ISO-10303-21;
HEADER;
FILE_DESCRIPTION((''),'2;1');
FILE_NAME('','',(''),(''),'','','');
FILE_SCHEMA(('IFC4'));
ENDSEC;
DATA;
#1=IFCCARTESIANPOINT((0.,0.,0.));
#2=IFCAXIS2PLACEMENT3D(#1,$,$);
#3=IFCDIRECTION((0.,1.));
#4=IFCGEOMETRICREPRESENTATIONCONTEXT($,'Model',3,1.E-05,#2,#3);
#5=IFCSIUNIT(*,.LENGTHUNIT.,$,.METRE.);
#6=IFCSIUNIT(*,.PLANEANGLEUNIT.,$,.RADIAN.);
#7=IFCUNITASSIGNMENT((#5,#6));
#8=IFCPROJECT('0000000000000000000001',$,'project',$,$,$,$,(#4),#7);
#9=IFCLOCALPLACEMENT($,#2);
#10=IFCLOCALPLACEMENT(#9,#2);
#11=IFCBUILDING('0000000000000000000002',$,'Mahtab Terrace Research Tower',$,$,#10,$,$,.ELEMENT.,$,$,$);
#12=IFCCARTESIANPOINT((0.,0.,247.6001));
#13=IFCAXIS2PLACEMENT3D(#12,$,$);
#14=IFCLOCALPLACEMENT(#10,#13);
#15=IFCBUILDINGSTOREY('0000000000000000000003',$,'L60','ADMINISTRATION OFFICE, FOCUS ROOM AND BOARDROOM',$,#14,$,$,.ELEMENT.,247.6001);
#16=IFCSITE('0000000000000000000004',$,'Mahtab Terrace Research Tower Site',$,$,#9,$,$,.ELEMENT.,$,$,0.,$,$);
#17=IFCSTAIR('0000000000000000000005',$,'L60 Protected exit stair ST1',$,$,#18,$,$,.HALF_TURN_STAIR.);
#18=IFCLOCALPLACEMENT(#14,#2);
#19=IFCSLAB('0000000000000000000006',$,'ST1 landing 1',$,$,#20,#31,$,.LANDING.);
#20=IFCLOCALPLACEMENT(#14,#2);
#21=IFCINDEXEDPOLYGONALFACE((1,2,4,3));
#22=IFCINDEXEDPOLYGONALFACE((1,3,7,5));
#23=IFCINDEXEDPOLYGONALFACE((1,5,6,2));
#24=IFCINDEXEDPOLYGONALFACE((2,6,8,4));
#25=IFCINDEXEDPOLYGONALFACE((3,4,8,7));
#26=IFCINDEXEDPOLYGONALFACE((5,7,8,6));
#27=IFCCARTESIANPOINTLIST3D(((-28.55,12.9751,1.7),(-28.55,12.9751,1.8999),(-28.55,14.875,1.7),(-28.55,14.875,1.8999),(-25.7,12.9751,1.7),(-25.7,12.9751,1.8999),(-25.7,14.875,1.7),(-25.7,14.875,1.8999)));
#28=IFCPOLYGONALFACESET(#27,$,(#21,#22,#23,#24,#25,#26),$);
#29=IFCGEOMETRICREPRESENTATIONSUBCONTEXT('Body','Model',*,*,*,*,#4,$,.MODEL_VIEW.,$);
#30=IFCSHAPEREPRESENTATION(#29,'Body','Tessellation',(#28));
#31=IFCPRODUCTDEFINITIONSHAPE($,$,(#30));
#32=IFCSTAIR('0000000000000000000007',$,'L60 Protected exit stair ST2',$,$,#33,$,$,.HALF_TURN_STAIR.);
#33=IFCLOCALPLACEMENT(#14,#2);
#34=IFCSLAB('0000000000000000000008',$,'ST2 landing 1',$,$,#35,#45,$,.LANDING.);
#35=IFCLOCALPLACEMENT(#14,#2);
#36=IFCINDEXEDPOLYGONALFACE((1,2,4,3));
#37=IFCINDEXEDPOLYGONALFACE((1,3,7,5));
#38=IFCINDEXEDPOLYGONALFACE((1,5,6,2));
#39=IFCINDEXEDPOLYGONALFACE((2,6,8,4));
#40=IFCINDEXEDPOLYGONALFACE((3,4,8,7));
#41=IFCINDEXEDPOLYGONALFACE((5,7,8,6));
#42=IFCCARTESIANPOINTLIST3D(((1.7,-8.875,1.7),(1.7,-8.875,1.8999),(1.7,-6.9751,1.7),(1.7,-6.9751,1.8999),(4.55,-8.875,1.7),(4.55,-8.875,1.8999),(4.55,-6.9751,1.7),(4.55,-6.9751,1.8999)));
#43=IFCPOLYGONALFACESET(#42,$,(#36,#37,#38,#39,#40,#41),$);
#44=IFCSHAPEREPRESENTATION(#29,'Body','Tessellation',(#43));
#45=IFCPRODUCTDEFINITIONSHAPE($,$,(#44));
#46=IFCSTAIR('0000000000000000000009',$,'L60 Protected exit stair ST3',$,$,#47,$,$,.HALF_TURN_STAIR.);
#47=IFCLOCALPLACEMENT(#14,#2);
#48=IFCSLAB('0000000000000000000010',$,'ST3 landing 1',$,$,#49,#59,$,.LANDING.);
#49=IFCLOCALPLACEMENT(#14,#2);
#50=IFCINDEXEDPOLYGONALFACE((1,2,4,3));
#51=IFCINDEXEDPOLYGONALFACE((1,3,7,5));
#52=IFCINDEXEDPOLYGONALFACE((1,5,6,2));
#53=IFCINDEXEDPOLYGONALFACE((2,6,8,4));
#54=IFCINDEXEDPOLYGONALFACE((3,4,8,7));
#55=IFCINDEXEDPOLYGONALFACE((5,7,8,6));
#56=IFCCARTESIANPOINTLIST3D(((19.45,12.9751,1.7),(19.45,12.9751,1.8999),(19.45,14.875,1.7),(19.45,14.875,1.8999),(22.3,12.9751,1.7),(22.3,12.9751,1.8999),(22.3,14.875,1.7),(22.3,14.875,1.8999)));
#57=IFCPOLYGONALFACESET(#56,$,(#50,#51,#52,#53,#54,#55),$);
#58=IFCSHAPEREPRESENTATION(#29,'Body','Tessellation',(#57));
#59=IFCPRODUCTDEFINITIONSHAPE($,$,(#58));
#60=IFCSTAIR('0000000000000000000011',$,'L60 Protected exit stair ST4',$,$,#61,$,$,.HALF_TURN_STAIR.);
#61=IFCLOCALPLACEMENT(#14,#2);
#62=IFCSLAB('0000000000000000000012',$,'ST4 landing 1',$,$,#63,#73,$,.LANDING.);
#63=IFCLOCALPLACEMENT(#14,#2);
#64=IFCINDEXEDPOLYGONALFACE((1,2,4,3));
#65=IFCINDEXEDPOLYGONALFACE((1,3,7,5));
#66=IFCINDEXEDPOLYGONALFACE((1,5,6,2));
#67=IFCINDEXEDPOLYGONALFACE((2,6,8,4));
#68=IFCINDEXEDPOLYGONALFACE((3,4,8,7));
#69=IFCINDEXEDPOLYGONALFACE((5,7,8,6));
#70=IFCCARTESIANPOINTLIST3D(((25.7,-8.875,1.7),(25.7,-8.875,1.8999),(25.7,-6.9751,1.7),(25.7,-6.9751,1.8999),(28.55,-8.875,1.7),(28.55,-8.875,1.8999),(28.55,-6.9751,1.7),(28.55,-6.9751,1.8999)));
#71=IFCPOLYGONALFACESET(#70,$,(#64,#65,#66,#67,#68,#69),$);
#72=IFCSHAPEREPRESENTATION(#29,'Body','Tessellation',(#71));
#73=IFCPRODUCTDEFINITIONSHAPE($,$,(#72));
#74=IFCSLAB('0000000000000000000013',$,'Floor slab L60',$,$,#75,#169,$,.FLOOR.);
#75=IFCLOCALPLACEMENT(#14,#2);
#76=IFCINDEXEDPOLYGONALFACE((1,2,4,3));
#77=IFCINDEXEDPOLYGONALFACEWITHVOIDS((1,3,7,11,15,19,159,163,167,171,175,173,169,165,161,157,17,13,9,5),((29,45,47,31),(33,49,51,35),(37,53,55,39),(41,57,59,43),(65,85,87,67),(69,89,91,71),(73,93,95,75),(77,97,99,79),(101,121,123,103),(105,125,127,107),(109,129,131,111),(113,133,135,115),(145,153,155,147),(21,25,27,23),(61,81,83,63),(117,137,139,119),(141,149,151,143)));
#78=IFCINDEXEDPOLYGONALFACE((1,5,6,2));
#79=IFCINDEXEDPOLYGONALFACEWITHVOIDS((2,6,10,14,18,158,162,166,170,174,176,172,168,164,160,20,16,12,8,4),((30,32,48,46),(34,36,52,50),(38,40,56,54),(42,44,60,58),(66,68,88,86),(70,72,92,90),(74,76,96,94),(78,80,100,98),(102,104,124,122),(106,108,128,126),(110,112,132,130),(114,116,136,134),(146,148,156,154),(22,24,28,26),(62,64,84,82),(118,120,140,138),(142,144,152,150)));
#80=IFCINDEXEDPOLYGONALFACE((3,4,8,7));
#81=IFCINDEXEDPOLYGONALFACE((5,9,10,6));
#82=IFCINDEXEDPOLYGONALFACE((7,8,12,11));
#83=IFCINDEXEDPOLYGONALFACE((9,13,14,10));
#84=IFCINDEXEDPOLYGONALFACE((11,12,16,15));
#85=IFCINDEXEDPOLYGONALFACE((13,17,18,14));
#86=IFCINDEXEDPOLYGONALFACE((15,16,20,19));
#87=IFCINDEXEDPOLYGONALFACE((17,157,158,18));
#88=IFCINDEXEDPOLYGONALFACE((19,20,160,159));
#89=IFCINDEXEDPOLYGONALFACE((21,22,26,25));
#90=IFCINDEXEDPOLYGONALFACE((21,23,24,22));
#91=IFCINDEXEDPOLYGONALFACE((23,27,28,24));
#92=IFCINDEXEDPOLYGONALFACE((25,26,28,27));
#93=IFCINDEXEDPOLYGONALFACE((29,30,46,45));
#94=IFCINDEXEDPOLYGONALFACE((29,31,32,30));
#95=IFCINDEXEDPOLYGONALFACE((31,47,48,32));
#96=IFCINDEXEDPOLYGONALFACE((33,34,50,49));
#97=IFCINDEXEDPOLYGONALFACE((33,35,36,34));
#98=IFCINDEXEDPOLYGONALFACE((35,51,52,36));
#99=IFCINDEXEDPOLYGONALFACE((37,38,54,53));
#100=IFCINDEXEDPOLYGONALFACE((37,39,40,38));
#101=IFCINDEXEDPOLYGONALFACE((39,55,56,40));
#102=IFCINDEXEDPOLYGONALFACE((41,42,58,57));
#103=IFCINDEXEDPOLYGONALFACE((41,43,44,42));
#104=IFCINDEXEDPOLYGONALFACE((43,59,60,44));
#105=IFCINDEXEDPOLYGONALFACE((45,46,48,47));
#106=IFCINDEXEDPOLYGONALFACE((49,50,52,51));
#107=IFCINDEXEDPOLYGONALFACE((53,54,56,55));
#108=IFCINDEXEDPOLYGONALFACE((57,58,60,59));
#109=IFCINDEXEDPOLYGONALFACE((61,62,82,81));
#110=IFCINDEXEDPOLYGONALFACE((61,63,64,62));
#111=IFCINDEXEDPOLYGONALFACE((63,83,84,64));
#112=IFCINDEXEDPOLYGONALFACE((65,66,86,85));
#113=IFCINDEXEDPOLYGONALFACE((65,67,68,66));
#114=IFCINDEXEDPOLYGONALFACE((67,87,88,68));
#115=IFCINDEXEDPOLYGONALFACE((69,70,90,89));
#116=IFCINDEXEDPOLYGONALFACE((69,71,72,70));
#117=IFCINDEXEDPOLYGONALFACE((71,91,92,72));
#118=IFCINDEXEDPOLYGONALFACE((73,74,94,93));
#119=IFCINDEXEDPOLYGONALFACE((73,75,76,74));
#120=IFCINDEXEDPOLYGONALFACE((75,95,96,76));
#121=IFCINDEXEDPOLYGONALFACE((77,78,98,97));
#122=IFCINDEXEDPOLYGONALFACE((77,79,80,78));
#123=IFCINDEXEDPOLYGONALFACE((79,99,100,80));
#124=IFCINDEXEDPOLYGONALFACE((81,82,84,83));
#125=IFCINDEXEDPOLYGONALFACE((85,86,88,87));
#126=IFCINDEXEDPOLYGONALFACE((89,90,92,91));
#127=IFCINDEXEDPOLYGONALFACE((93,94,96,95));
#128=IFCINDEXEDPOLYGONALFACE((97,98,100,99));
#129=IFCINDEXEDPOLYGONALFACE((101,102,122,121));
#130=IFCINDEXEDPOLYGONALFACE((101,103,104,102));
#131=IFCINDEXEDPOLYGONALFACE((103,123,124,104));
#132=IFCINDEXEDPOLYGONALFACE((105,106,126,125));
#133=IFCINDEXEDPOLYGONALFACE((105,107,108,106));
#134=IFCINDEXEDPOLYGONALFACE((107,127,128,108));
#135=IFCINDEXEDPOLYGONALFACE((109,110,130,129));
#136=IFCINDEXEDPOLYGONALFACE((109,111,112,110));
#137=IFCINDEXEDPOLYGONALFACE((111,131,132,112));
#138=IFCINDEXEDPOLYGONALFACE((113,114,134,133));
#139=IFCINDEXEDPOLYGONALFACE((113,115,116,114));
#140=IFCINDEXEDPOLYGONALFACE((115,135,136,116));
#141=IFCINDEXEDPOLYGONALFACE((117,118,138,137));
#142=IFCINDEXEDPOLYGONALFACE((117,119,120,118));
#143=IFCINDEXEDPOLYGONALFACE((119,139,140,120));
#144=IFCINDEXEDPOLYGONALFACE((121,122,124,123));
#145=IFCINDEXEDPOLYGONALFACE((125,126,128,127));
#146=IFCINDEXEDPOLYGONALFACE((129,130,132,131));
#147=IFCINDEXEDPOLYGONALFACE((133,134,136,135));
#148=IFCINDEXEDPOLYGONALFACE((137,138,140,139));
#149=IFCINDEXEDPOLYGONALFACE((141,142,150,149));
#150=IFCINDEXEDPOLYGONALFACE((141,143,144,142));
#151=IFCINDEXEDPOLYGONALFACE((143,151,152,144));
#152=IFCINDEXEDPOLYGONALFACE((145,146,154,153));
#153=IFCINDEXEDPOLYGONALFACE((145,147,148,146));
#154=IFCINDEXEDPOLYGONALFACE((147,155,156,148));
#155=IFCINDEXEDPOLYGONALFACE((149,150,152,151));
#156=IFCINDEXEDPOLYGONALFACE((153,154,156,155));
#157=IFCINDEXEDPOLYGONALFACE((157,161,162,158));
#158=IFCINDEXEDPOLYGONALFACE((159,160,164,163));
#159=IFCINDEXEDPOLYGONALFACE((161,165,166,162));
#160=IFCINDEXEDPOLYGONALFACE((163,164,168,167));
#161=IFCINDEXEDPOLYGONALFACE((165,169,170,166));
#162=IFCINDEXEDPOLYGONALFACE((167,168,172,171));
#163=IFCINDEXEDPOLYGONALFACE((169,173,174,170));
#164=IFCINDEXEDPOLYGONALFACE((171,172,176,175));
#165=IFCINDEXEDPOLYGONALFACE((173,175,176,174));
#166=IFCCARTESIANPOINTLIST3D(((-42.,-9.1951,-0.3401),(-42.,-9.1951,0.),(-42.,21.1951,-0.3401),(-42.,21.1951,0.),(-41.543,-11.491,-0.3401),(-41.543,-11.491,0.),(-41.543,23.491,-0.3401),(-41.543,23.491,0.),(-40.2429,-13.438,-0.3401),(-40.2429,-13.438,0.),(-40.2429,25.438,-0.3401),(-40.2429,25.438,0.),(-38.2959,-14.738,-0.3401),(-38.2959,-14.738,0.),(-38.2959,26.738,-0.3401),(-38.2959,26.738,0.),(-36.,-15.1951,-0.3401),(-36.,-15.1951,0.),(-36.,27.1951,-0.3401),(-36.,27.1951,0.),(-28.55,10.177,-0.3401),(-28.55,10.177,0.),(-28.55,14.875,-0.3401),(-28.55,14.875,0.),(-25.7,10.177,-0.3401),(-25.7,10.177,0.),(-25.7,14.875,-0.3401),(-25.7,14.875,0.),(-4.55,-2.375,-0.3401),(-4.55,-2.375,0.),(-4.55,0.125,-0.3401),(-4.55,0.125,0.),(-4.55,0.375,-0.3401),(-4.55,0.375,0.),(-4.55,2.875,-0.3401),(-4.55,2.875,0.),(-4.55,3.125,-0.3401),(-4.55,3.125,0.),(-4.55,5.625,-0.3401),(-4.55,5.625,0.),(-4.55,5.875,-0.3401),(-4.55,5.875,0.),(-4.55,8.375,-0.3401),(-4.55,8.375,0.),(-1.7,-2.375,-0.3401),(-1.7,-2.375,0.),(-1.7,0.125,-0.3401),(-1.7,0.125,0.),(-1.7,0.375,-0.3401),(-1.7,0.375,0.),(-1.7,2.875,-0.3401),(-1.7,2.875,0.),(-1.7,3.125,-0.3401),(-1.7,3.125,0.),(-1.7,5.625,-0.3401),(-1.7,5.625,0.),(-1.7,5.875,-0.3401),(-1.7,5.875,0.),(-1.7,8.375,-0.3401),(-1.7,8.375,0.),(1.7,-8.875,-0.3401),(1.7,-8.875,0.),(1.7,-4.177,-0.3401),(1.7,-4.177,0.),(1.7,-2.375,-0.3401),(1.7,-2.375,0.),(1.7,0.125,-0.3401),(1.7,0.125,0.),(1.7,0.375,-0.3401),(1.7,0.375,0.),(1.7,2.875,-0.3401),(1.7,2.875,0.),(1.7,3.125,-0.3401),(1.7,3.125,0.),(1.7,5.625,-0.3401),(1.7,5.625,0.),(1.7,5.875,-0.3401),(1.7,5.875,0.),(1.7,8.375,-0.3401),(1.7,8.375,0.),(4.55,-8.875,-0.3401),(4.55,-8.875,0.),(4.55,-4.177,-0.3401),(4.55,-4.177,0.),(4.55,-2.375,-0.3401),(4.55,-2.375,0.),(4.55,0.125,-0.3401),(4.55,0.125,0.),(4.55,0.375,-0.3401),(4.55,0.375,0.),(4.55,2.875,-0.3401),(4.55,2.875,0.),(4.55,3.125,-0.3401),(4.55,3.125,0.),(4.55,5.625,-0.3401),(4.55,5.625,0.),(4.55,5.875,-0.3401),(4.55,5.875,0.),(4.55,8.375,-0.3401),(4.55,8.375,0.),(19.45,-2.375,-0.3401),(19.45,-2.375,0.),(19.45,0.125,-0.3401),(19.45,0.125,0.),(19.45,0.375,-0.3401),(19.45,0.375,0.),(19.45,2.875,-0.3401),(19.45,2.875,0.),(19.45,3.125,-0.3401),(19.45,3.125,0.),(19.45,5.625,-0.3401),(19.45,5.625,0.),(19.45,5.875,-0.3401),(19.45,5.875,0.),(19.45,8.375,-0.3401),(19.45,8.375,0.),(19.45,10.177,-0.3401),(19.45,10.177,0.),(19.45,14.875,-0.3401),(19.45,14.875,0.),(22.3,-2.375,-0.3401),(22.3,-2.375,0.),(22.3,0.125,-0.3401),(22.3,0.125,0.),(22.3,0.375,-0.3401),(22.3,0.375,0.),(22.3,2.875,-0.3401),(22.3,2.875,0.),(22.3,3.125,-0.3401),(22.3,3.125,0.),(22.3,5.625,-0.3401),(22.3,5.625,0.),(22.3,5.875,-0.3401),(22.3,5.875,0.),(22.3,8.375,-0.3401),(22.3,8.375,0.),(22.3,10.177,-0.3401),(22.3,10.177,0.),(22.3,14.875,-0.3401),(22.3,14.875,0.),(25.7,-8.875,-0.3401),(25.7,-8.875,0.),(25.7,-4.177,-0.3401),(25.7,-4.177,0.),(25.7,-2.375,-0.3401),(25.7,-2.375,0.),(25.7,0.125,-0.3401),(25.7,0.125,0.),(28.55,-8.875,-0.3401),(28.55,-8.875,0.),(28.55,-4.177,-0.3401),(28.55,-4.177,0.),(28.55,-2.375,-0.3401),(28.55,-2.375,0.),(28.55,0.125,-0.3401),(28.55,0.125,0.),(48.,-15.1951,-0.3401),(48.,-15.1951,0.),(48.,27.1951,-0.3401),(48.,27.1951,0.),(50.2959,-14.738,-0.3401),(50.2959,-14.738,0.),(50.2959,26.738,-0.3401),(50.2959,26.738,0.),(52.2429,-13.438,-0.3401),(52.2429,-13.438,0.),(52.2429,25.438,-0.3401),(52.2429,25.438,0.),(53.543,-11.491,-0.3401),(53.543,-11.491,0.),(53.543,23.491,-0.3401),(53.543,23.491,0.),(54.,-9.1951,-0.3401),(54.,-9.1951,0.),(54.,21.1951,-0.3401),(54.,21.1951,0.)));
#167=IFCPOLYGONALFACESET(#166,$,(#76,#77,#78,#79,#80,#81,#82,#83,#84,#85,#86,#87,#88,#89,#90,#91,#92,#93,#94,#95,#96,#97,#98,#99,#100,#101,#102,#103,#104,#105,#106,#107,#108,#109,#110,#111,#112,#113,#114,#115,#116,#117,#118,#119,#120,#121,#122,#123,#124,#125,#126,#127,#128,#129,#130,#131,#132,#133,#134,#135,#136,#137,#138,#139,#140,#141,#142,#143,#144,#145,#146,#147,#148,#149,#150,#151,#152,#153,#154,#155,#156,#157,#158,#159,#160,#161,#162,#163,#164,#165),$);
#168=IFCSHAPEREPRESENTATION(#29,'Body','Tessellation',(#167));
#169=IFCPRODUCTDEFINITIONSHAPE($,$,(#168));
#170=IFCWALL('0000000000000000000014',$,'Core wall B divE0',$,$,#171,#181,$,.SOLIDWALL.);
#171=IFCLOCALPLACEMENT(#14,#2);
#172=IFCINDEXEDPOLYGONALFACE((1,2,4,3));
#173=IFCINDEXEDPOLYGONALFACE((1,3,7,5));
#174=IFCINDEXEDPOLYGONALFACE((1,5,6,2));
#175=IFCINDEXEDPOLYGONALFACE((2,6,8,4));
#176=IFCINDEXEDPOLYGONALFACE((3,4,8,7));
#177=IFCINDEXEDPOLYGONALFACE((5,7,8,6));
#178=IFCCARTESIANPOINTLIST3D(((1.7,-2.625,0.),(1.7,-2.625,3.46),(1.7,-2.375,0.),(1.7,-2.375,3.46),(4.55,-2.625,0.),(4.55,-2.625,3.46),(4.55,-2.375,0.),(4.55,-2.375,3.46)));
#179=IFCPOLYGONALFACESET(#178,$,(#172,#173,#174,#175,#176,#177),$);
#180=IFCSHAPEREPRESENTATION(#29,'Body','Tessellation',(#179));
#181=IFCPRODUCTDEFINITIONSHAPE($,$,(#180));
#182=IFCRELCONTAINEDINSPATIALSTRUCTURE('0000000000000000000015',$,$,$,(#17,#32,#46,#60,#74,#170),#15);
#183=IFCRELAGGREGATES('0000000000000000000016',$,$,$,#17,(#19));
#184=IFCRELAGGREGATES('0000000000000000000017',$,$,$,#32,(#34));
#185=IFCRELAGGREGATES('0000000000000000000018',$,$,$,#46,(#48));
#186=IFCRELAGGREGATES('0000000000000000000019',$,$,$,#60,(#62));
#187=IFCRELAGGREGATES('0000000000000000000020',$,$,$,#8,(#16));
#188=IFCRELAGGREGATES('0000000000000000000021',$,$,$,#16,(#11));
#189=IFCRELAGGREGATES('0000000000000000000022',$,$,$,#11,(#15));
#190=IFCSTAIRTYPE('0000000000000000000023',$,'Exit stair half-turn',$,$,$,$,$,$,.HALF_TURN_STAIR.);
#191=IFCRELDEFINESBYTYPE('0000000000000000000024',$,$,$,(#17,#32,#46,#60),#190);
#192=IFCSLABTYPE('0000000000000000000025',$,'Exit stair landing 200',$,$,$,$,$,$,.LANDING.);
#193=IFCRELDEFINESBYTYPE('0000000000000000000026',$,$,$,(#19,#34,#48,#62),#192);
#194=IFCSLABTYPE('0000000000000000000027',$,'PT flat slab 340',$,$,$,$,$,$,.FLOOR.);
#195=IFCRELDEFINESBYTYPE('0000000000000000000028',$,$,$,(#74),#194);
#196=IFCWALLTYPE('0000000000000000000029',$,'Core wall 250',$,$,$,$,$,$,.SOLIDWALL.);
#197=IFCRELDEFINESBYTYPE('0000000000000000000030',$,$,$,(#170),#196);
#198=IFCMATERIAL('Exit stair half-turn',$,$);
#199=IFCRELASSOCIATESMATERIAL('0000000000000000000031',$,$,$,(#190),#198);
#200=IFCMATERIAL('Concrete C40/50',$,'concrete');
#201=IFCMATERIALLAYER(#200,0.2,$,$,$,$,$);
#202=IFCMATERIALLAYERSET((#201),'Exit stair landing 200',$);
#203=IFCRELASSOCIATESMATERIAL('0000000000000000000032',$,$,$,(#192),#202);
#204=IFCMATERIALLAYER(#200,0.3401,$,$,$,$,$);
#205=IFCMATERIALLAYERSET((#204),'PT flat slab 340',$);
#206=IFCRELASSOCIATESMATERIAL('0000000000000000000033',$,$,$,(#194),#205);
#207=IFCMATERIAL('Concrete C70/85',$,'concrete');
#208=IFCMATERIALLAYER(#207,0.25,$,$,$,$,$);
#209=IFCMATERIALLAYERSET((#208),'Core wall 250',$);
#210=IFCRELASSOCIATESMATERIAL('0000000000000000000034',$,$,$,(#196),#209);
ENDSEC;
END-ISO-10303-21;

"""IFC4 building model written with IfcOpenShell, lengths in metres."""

from ifc_helpers import new_model, si_unit, direction, frame, frame_2d, origin, place, context, subcontext, project, spatial, polyline, rectangle, outline, extrude, material, layer, layer_set, type_object, element, aggregate, save


model = new_model("IFC4")

# Units and contexts
model_context = context("Model", 3, precision=1e-05, world=origin(), true_north=direction((0.0, 1.0)))
body_context = subcontext(model_context, "Body", "Model", "MODEL_VIEW")
ifc_project = project(units=[si_unit("LENGTHUNIT", "METRE"), si_unit("PLANEANGLEUNIT", "RADIAN")], contexts=[model_context])

# Site, building, storey
site_placement = place(None, origin())
site = spatial("IfcSite", under=ifc_project, at=site_placement, Name="Mahtab Terrace Research Tower Site", CompositionType="ELEMENT", RefElevation=0.0)
building_placement = place(site_placement, origin())
building = spatial("IfcBuilding", under=site, at=building_placement, Name="Mahtab Terrace Research Tower", CompositionType="ELEMENT")
storey_placement = place(building_placement, frame((0.0, 0.0, 247.6001)))
storey = spatial("IfcBuildingStorey", under=building, at=storey_placement, Name="L60", Description="ADMINISTRATION OFFICE, FOCUS ROOM AND BOARDROOM", CompositionType="ELEMENT", Elevation=247.6001)

# Stairs, slabs
ifc_material_1 = material(Name="Exit stair half-turn")
stair_type = type_object("IfcStairType", Name="Exit stair half-turn", PredefinedType="HALF_TURN_STAIR", material=ifc_material_1)
stair_1_placement = place(storey_placement, origin())
stair_1 = element("IfcStair", 1, at=stair_1_placement, inside=storey, type_object=stair_type, Name="L60 Protected exit stair ST1", PredefinedType="HALF_TURN_STAIR")
ifc_material_2 = material(Name="Concrete C40/50", Category="concrete")
ifc_layer_1 = layer(ifc_material_2, 0.2)
ifc_layer_set_1 = layer_set([ifc_layer_1], Name="Exit stair landing 200")
slab_type_1 = type_object("IfcSlabType", Name="Exit stair landing 200", PredefinedType="LANDING", material=ifc_layer_set_1)
slab_1_placement = place(storey_placement, frame((0.0, 0.0, 1.7)))
slab_1 = element("IfcSlab", 2, at=slab_1_placement, type_object=slab_type_1, Name="ST1 landing 1", PredefinedType="LANDING", context=body_context, shape_type="SweptSolid", body=[
    extrude(outline(polyline([(-25.7, 12.9751), (-25.7, 14.875), (-28.55, 14.875), (-28.55, 12.9751), (-25.7, 12.9751)])), origin(), (0.0, 0.0, 1.0), 0.2),
])
aggregate(stair_1, [slab_1])
stair_2_placement = place(storey_placement, origin())
stair_2 = element("IfcStair", 3, at=stair_2_placement, inside=storey, type_object=stair_type, Name="L60 Protected exit stair ST2", PredefinedType="HALF_TURN_STAIR")
slab_2_placement = place(storey_placement, frame((0.0, 0.0, 1.7)))
slab_2 = element("IfcSlab", 4, at=slab_2_placement, type_object=slab_type_1, Name="ST2 landing 1", PredefinedType="LANDING", context=body_context, shape_type="SweptSolid", body=[
    extrude(outline(polyline([(1.7, -6.9751), (1.7, -8.875), (4.55, -8.875), (4.55, -6.9751), (1.7, -6.9751)])), origin(), (0.0, 0.0, 1.0), 0.2),
])
aggregate(stair_2, [slab_2])
stair_3_placement = place(storey_placement, origin())
stair_3 = element("IfcStair", 5, at=stair_3_placement, inside=storey, type_object=stair_type, Name="L60 Protected exit stair ST3", PredefinedType="HALF_TURN_STAIR")
slab_3_placement = place(storey_placement, frame((0.0, 0.0, 1.7)))
slab_3 = element("IfcSlab", 6, at=slab_3_placement, type_object=slab_type_1, Name="ST3 landing 1", PredefinedType="LANDING", context=body_context, shape_type="SweptSolid", body=[
    extrude(outline(polyline([(22.3, 12.9751), (22.3, 14.875), (19.45, 14.875), (19.45, 12.9751), (22.3, 12.9751)])), origin(), (0.0, 0.0, 1.0), 0.2),
])
aggregate(stair_3, [slab_3])
stair_4_placement = place(storey_placement, origin())
stair_4 = element("IfcStair", 7, at=stair_4_placement, inside=storey, type_object=stair_type, Name="L60 Protected exit stair ST4", PredefinedType="HALF_TURN_STAIR")
slab_4_placement = place(storey_placement, frame((0.0, 0.0, 1.7)))
slab_4 = element("IfcSlab", 8, at=slab_4_placement, type_object=slab_type_1, Name="ST4 landing 1", PredefinedType="LANDING", context=body_context, shape_type="SweptSolid", body=[
    extrude(outline(polyline([(25.7, -6.9751), (25.7, -8.875), (28.55, -8.875), (28.55, -6.9751), (25.7, -6.9751)])), origin(), (0.0, 0.0, 1.0), 0.2),
])
aggregate(stair_4, [slab_4])

# Slab
ifc_layer_2 = layer(ifc_material_2, 0.3401)
ifc_layer_set_2 = layer_set([ifc_layer_2], Name="PT flat slab 340")
slab_type_2 = type_object("IfcSlabType", Name="PT flat slab 340", PredefinedType="FLOOR", material=ifc_layer_set_2)
slab_5_placement = place(storey_placement, frame((0.0, 0.0, -0.3401)))
element("IfcSlab", 9, at=slab_5_placement, inside=storey, type_object=slab_type_2, Name="Floor slab L60", PredefinedType="FLOOR", context=body_context, shape_type="SweptSolid", body=[
    extrude(outline(polyline([(53.543, 23.491), (52.2429, 25.438), (50.2959, 26.738), (48.0, 27.1951), (-36.0, 27.1951), (-38.2959, 26.738), (-40.2429, 25.438), (-41.543, 23.491), (-42.0, 21.1951), (-42.0, -9.1951), (-41.543, -11.491), (-40.2429, -13.438), (-38.2959, -14.738), (-36.0, -15.1951), (48.0, -15.1951), (50.2959, -14.738), (52.2429, -13.438), (53.543, -11.491), (54.0, -9.1951), (54.0, 21.1951), (53.543, 23.491)]), holes=[polyline([(-4.55, -2.375), (-4.55, 0.125), (-1.7, 0.125), (-1.7, -2.375), (-4.55, -2.375)]), polyline([(1.7, -2.375), (1.7, 0.125), (4.55, 0.125), (4.55, -2.375), (1.7, -2.375)]), polyline([(-4.55, 0.375), (-4.55, 2.875), (-1.7, 2.875), (-1.7, 0.375), (-4.55, 0.375)]), polyline([(1.7, 0.375), (1.7, 2.875), (4.55, 2.875), (4.55, 0.375), (1.7, 0.375)]), polyline([(-4.55, 3.125), (-4.55, 5.625), (-1.7, 5.625), (-1.7, 3.125), (-4.55, 3.125)]), polyline([(1.7, 3.125), (1.7, 5.625), (4.55, 5.625), (4.55, 3.125), (1.7, 3.125)]), polyline([(-4.55, 5.875), (-4.55, 8.375), (-1.7, 8.375), (-1.7, 5.875), (-4.55, 5.875)]), polyline([(1.7, 5.875), (1.7, 8.375), (4.55, 8.375), (4.55, 5.875), (1.7, 5.875)]), polyline([(-28.55, 10.177), (-28.55, 14.875), (-25.7, 14.875), (-25.7, 10.177), (-28.55, 10.177)]), polyline([(1.7, -8.875), (1.7, -4.177), (4.55, -4.177), (4.55, -8.875), (1.7, -8.875)]), polyline([(25.7, -8.875), (25.7, -4.177), (28.55, -4.177), (28.55, -8.875), (25.7, -8.875)]), polyline([(19.45, -2.375), (19.45, 0.125), (22.3, 0.125), (22.3, -2.375), (19.45, -2.375)]), polyline([(25.7, -2.375), (25.7, 0.125), (28.55, 0.125), (28.55, -2.375), (25.7, -2.375)]), polyline([(19.45, 0.375), (19.45, 2.875), (22.3, 2.875), (22.3, 0.375), (19.45, 0.375)]), polyline([(19.45, 3.125), (19.45, 5.625), (22.3, 5.625), (22.3, 3.125), (19.45, 3.125)]), polyline([(19.45, 8.375), (22.3, 8.375), (22.3, 5.875), (19.45, 5.875), (19.45, 8.375)]), polyline([(19.45, 14.875), (22.3, 14.875), (22.3, 10.177), (19.45, 10.177), (19.45, 14.875)])]), origin(), (0.0, 0.0, 1.0), 0.3401),
])

# Wall
ifc_material_3 = material(Name="Concrete C70/85", Category="concrete")
ifc_layer_3 = layer(ifc_material_3, 0.25)
ifc_layer_set_3 = layer_set([ifc_layer_3], Name="Core wall 250")
wall_type = type_object("IfcWallType", Name="Core wall 250", PredefinedType="SOLIDWALL", material=ifc_layer_set_3)
wall_placement = place(storey_placement, frame((1.7, -2.5, 0.0), z_axis=(0.0, 0.0, 1.0), x_axis=(1.0, 0.0, 0.0)))
element("IfcWall", 10, at=wall_placement, inside=storey, type_object=wall_type, Name="Core wall B divE0", PredefinedType="SOLIDWALL", context=body_context, shape_type="SweptSolid", body=[
    extrude(rectangle(XDim=2.8501, YDim=0.25, at=frame_2d((1.425, 0.0))), origin(), (0.0, 0.0, 1.0), 3.46),
])

save(model, "model.ifc")
